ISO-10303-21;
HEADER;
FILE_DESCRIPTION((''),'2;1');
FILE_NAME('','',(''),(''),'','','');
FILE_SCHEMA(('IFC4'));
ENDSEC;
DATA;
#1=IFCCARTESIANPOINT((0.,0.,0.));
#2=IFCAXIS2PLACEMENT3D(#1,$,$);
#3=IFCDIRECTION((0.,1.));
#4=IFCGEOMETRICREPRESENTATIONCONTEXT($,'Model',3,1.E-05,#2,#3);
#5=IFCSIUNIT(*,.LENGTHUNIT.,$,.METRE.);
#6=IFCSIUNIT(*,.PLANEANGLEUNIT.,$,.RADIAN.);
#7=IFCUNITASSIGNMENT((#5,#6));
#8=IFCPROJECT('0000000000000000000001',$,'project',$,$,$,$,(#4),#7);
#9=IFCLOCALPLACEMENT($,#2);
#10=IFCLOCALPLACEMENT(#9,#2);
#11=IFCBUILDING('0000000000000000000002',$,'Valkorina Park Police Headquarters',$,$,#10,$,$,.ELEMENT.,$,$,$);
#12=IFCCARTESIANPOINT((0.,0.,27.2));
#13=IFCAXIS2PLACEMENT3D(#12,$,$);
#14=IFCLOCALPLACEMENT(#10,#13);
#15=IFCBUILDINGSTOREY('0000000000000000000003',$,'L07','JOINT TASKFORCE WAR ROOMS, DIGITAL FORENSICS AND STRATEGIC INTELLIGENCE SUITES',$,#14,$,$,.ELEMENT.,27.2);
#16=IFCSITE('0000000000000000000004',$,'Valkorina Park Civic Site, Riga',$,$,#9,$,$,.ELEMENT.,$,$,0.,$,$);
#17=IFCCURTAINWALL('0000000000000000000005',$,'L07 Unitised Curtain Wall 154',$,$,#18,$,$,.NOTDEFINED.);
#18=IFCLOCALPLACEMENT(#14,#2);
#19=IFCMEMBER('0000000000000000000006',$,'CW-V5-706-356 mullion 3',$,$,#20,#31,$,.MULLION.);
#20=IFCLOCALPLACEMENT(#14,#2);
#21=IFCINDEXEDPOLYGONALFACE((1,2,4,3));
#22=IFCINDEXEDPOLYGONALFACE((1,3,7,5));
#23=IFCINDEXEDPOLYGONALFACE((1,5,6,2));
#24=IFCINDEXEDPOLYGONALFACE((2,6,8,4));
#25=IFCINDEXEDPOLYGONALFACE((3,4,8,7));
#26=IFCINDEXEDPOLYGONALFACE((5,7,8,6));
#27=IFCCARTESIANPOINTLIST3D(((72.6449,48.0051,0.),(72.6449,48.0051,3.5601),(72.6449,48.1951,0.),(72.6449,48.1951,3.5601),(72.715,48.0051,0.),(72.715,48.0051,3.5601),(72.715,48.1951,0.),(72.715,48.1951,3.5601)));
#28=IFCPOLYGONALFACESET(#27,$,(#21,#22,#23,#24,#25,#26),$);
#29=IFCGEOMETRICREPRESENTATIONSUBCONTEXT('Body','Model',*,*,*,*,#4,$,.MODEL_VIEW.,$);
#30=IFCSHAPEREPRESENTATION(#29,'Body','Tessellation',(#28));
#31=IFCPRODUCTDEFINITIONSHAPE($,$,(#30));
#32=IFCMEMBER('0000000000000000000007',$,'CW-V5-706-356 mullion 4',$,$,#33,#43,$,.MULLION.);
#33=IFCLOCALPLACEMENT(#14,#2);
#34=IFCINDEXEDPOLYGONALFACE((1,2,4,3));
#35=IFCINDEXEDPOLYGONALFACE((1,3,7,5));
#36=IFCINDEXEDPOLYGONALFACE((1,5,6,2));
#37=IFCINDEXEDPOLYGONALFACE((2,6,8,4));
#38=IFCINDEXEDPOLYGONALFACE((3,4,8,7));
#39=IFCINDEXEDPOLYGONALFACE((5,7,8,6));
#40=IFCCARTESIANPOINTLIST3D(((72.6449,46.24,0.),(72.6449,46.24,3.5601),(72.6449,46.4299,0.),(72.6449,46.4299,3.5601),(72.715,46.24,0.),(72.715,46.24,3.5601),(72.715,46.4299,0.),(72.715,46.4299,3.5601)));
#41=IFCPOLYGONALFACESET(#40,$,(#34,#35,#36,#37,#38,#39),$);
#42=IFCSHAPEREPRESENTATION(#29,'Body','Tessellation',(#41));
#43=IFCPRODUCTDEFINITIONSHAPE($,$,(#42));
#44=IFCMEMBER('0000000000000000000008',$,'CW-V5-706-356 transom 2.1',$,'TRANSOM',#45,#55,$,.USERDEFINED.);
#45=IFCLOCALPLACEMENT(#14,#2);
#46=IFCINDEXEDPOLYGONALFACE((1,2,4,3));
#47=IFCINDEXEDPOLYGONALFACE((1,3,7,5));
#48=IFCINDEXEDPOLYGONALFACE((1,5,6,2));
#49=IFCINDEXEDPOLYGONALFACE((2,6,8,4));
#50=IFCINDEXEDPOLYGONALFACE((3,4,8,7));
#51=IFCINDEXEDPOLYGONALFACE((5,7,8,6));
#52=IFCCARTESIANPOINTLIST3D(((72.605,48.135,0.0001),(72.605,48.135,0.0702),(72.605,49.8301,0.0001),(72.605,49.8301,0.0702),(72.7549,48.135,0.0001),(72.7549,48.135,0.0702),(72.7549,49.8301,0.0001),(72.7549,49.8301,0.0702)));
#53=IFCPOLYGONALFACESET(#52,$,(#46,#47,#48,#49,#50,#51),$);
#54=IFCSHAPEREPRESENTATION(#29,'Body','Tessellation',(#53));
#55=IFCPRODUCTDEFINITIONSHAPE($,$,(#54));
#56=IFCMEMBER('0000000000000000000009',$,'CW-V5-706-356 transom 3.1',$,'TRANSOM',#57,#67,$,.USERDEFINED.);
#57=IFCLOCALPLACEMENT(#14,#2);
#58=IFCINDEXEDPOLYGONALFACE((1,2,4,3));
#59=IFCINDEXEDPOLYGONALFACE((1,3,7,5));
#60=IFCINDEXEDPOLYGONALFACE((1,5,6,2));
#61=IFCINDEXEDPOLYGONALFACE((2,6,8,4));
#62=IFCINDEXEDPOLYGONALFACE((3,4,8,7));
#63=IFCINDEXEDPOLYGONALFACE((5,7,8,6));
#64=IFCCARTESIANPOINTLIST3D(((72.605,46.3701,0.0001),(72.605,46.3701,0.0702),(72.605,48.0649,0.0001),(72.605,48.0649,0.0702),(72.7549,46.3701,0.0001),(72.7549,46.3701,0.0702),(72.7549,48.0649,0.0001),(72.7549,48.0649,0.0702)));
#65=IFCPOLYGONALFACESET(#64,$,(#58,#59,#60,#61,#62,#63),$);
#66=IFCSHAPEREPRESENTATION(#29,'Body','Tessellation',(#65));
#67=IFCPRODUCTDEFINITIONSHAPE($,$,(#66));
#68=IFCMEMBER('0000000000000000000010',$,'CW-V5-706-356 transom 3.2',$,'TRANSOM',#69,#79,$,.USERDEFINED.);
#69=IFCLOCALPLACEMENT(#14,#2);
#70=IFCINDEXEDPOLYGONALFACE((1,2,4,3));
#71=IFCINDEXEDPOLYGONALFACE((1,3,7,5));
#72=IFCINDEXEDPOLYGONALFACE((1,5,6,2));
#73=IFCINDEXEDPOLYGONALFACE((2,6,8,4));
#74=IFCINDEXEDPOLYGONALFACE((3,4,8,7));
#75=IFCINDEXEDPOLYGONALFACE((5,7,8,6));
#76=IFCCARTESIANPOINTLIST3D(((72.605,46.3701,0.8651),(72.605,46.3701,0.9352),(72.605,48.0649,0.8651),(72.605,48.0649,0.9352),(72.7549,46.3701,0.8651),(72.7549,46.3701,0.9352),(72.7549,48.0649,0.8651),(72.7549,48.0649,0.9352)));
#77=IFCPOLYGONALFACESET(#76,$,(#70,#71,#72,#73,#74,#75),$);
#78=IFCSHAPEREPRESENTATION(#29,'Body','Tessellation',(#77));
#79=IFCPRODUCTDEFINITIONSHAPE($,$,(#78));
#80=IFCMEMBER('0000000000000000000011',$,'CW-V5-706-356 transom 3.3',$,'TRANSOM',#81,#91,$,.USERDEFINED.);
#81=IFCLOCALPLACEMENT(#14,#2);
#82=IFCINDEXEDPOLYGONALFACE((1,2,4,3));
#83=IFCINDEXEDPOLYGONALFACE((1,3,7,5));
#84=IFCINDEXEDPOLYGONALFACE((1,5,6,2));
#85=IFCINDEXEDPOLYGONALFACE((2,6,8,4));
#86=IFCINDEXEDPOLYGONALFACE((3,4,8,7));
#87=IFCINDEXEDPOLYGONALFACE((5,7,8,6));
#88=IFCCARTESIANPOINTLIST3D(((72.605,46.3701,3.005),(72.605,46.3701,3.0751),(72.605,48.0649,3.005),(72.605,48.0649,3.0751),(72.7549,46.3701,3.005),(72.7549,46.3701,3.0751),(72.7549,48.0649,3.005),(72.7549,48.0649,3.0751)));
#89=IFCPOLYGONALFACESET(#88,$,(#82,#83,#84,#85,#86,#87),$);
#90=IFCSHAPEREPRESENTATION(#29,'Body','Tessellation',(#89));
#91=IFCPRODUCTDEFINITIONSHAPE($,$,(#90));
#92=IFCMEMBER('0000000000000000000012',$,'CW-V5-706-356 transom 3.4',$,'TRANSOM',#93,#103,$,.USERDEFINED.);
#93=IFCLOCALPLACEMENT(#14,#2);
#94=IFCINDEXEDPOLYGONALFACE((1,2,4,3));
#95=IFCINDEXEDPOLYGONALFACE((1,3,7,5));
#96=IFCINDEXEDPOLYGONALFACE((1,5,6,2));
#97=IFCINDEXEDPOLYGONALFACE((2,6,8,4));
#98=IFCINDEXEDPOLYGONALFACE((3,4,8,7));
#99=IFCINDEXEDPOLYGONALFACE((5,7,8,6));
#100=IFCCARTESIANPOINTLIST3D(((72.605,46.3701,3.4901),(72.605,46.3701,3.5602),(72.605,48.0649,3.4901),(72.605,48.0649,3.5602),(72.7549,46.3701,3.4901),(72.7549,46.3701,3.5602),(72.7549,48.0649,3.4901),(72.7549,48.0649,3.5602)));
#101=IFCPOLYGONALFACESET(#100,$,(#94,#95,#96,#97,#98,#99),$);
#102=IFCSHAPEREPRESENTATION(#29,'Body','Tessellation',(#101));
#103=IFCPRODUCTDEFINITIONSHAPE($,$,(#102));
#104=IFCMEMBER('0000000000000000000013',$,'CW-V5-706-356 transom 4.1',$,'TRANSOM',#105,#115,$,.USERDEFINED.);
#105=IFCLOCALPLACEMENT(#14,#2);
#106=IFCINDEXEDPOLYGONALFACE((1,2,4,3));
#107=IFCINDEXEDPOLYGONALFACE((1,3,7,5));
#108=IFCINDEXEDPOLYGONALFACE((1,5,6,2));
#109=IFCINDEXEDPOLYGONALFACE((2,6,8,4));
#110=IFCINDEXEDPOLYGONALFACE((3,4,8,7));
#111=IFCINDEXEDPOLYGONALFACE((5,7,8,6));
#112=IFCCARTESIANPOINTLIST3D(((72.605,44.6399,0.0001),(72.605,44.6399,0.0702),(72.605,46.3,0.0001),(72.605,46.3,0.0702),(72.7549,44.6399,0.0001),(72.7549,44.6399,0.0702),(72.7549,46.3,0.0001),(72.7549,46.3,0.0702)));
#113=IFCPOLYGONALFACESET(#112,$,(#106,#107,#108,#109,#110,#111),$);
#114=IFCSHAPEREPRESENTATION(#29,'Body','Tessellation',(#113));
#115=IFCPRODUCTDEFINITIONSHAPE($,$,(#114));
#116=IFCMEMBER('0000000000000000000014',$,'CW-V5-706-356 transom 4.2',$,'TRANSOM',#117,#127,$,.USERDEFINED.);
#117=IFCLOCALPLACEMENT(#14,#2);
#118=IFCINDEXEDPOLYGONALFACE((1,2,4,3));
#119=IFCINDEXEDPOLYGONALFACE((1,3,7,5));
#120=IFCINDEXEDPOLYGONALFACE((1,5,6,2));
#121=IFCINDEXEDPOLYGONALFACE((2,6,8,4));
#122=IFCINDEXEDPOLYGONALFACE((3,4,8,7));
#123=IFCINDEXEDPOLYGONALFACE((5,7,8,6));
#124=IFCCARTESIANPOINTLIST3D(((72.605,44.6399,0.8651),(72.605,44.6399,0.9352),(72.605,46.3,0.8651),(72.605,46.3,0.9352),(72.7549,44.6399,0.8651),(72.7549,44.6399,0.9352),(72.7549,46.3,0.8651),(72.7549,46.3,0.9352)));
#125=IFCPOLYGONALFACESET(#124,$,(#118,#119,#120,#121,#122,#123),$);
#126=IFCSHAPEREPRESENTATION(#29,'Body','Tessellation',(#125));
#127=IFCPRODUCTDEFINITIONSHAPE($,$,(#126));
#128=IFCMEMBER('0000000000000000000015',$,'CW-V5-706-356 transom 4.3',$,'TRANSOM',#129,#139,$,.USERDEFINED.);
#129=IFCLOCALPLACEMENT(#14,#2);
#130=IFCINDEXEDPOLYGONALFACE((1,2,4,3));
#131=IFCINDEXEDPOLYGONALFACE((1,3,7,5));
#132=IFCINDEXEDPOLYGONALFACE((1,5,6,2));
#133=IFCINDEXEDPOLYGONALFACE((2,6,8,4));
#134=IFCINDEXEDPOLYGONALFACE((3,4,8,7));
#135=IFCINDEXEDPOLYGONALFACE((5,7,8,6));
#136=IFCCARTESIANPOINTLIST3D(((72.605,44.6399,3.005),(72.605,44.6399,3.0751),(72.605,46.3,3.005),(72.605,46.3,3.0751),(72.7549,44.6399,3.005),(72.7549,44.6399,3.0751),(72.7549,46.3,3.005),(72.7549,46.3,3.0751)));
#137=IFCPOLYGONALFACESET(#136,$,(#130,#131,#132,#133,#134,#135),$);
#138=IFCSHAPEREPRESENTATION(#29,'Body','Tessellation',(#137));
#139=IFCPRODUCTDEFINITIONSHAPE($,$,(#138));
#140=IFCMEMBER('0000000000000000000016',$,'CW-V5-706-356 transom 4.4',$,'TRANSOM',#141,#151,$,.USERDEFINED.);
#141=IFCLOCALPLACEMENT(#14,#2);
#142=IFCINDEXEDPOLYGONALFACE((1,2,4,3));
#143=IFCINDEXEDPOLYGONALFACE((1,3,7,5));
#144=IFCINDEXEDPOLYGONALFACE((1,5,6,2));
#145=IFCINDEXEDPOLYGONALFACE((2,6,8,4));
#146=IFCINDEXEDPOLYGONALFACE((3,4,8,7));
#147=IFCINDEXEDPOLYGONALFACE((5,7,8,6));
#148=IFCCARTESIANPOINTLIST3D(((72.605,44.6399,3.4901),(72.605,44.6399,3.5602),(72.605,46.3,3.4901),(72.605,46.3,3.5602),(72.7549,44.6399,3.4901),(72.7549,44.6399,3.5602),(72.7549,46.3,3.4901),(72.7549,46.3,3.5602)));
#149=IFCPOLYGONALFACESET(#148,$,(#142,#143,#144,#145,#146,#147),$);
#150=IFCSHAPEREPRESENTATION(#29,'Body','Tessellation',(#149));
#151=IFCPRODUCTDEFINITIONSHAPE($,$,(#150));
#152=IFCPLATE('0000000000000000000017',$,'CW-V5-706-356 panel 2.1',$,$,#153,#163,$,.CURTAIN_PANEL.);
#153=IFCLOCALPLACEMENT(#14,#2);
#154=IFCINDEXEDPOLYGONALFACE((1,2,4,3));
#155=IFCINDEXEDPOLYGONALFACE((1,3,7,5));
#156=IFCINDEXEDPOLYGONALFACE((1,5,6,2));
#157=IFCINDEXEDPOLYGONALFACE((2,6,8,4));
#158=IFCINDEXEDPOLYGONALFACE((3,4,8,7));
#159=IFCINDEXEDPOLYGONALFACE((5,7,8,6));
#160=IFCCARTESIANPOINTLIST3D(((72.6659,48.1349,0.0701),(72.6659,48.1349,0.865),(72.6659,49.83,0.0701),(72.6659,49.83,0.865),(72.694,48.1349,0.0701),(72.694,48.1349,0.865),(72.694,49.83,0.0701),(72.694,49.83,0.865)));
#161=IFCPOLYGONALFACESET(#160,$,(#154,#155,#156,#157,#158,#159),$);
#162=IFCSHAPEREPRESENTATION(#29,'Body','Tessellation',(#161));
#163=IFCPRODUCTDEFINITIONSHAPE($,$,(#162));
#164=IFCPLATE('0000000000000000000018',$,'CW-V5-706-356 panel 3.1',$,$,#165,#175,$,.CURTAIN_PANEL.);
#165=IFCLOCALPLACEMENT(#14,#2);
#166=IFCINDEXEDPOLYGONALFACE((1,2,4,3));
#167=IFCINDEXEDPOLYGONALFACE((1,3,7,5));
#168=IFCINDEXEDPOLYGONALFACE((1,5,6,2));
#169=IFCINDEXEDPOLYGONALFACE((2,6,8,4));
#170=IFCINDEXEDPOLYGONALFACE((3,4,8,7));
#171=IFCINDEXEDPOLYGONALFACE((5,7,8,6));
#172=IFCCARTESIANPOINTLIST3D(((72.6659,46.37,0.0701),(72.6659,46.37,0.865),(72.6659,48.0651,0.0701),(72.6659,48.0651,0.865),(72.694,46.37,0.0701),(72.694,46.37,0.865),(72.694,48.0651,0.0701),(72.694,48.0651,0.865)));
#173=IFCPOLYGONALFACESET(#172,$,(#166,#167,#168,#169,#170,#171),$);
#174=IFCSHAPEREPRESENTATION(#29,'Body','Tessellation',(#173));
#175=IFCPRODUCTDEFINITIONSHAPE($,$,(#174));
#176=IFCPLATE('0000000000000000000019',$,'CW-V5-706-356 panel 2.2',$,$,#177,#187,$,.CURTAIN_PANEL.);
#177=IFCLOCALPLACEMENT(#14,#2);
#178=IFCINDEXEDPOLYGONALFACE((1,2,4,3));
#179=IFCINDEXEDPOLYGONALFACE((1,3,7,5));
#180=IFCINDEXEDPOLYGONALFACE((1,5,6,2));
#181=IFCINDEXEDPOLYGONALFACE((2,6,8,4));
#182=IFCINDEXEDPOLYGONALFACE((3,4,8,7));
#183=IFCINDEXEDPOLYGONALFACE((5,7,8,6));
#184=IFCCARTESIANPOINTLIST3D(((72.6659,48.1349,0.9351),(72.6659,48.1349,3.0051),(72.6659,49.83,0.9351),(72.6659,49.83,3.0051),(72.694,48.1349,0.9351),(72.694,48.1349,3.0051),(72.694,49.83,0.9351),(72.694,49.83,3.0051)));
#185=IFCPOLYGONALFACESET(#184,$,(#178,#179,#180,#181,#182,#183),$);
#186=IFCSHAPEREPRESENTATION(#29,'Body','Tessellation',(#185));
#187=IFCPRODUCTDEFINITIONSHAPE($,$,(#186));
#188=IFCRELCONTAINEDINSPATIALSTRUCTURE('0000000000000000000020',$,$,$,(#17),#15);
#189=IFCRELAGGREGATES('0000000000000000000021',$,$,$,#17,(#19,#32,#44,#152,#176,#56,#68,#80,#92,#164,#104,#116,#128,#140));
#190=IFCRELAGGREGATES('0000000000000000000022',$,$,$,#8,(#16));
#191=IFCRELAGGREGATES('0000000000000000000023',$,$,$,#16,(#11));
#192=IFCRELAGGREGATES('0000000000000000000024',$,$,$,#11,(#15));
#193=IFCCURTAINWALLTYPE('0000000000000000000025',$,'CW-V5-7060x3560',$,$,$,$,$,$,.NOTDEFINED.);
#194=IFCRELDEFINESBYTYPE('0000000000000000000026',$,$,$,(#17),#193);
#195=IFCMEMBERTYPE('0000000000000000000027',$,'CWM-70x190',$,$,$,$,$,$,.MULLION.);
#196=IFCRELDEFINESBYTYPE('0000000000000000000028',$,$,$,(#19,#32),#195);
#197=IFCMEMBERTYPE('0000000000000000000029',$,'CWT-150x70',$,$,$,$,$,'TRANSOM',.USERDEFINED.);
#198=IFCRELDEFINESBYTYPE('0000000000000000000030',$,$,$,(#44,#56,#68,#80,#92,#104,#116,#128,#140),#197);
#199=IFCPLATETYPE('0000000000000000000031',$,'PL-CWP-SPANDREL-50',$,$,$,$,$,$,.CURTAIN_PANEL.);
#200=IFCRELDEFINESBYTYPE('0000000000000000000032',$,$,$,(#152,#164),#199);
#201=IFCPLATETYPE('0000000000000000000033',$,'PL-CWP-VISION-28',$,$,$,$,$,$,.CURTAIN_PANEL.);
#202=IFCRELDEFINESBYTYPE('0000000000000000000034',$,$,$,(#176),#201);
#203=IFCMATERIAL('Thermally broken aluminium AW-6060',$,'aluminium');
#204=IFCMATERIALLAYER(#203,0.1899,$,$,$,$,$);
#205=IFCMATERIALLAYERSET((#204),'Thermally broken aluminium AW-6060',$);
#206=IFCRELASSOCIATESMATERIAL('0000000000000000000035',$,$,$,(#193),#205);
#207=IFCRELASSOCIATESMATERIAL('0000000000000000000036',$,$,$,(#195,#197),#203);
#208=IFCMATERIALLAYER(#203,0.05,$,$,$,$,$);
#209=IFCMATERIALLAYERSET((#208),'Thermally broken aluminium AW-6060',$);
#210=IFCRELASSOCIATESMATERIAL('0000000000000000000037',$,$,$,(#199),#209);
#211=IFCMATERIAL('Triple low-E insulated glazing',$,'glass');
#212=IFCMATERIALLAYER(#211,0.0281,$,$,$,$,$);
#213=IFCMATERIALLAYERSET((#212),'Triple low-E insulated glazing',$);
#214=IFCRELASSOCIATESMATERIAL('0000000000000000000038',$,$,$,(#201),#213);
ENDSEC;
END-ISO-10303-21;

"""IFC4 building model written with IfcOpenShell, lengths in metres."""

from ifc_helpers import new_model, si_unit, direction, frame, origin, origin_2d, place, context, subcontext, project, spatial, rectangle, extrude, material, layer, layer_set, material_profile, profile_set, type_object, element, aggregate, save


model = new_model("IFC4")

# Units and contexts
model_context = context("Model", 3, precision=1e-05, world=origin(), true_north=direction((0.0, 1.0)))
body_context = subcontext(model_context, "Body", "Model", "MODEL_VIEW")
ifc_project = project(units=[si_unit("LENGTHUNIT", "METRE"), si_unit("PLANEANGLEUNIT", "RADIAN")], contexts=[model_context])

# Site, building, storey
site_placement = place(None, origin())
site = spatial("IfcSite", under=ifc_project, at=site_placement, Name="Valkorina Park Civic Site, Riga", CompositionType="ELEMENT", RefElevation=0.0)
building_placement = place(site_placement, origin())
building = spatial("IfcBuilding", under=site, at=building_placement, Name="Valkorina Park Police Headquarters", CompositionType="ELEMENT")
storey_placement = place(building_placement, frame((0.0, 0.0, 27.2)))
storey = spatial("IfcBuildingStorey", under=building, at=storey_placement, Name="L07", Description="JOINT TASKFORCE WAR ROOMS, DIGITAL FORENSICS AND STRATEGIC INTELLIGENCE SUITES", CompositionType="ELEMENT", Elevation=27.2)

# Curtain wall, members, plates
ifc_material_1 = material(Name="Thermally broken aluminium AW-6060", Category="aluminium")
ifc_layer_1 = layer(ifc_material_1, 0.1899)
ifc_layer_set_1 = layer_set([ifc_layer_1], Name="Thermally broken aluminium AW-6060")
curtain_wall_type = type_object("IfcCurtainWallType", Name="CW-V5-7060x3560", PredefinedType="NOTDEFINED", material=ifc_layer_set_1)
curtain_wall_placement = place(storey_placement, origin())
curtain_wall = element("IfcCurtainWall", 1, at=curtain_wall_placement, inside=storey, type_object=curtain_wall_type, Name="L07 Unitised Curtain Wall 154", PredefinedType="NOTDEFINED")
ifc_material_profile_1 = material_profile(ifc_material_1, rectangle(XDim=0.0701, YDim=0.1899, at=origin_2d()), Name="CWM-02 70x190")
ifc_profile_set_1 = profile_set([ifc_material_profile_1], Name="Thermally broken aluminium AW-6060")
member_type_1 = type_object("IfcMemberType", Name="CWM-70x190", PredefinedType="MULLION", material=ifc_profile_set_1)
member_1_placement = place(storey_placement, frame((72.6799, 48.1001, 0.0), z_axis=(0.0, 0.0, 1.0), x_axis=(1.0, 0.0, 0.0)))
member_1 = element("IfcMember", 2, at=member_1_placement, type_object=member_type_1, Name="CW-V5-706-356 mullion 3", PredefinedType="MULLION", context=body_context, shape_type="SweptSolid", body=[
    extrude(rectangle(XDim=0.0701, YDim=0.1899, at=origin_2d()), origin(), (0.0, 0.0, 1.0), 3.5601),
])
member_2_placement = place(storey_placement, frame((72.6799, 46.335, 0.0), z_axis=(0.0, 0.0, 1.0), x_axis=(1.0, 0.0, 0.0)))
member_2 = element("IfcMember", 3, at=member_2_placement, type_object=member_type_1, Name="CW-V5-706-356 mullion 4", PredefinedType="MULLION", context=body_context, shape_type="SweptSolid", body=[
    extrude(rectangle(XDim=0.0701, YDim=0.1899, at=origin_2d()), origin(), (0.0, 0.0, 1.0), 3.5601),
])
ifc_material_profile_2 = material_profile(ifc_material_1, rectangle(XDim=0.1499, YDim=0.0701, at=origin_2d()), Name="CWT-02 150x70")
ifc_profile_set_2 = profile_set([ifc_material_profile_2], Name="Thermally broken aluminium AW-6060")
member_type_2 = type_object("IfcMemberType", Name="CWT-150x70", ElementType="TRANSOM", PredefinedType="USERDEFINED", material=ifc_profile_set_2)
member_3_placement = place(storey_placement, frame((72.6799, 49.8301, 0.0352), z_axis=(0.0, -1.0, 0.0), x_axis=(1.0, 0.0, 0.0)))
member_3 = element("IfcMember", 4, at=member_3_placement, type_object=member_type_2, Name="CW-V5-706-356 transom 2.1", ObjectType="TRANSOM", PredefinedType="USERDEFINED", context=body_context, shape_type="SweptSolid", body=[
    extrude(rectangle(XDim=0.1499, YDim=0.0701, at=origin_2d()), origin(), (0.0, 0.0, 1.0), 1.6951),
])
member_4_placement = place(storey_placement, frame((72.6799, 48.0649, 0.0352), z_axis=(0.0, -1.0, 0.0), x_axis=(1.0, 0.0, 0.0)))
member_4 = element("IfcMember", 5, at=member_4_placement, type_object=member_type_2, Name="CW-V5-706-356 transom 3.1", ObjectType="TRANSOM", PredefinedType="USERDEFINED", context=body_context, shape_type="SweptSolid", body=[
    extrude(rectangle(XDim=0.1499, YDim=0.0701, at=origin_2d()), origin(), (0.0, 0.0, 1.0), 1.6948),
])
member_5_placement = place(storey_placement, frame((72.6799, 48.0649, 0.9001), z_axis=(0.0, -1.0, 0.0), x_axis=(1.0, 0.0, 0.0)))
member_5 = element("IfcMember", 6, at=member_5_placement, type_object=member_type_2, Name="CW-V5-706-356 transom 3.2", ObjectType="TRANSOM", PredefinedType="USERDEFINED", context=body_context, shape_type="SweptSolid", body=[
    extrude(rectangle(XDim=0.1499, YDim=0.0701, at=origin_2d()), origin(), (0.0, 0.0, 1.0), 1.6948),
])
member_6_placement = place(storey_placement, frame((72.6799, 48.0649, 3.04), z_axis=(0.0, -1.0, 0.0), x_axis=(1.0, 0.0, 0.0)))
member_6 = element("IfcMember", 7, at=member_6_placement, type_object=member_type_2, Name="CW-V5-706-356 transom 3.3", ObjectType="TRANSOM", PredefinedType="USERDEFINED", context=body_context, shape_type="SweptSolid", body=[
    extrude(rectangle(XDim=0.1499, YDim=0.0701, at=origin_2d()), origin(), (0.0, 0.0, 1.0), 1.6948),
])
member_7_placement = place(storey_placement, frame((72.6799, 48.0649, 3.5251), z_axis=(0.0, -1.0, 0.0), x_axis=(1.0, 0.0, 0.0)))
member_7 = element("IfcMember", 8, at=member_7_placement, type_object=member_type_2, Name="CW-V5-706-356 transom 3.4", ObjectType="TRANSOM", PredefinedType="USERDEFINED", context=body_context, shape_type="SweptSolid", body=[
    extrude(rectangle(XDim=0.1499, YDim=0.0701, at=origin_2d()), origin(), (0.0, 0.0, 1.0), 1.6948),
])
member_8_placement = place(storey_placement, frame((72.6799, 46.3, 0.0352), z_axis=(0.0, -1.0, 0.0), x_axis=(1.0, 0.0, 0.0)))
member_8 = element("IfcMember", 9, at=member_8_placement, type_object=member_type_2, Name="CW-V5-706-356 transom 4.1", ObjectType="TRANSOM", PredefinedType="USERDEFINED", context=body_context, shape_type="SweptSolid", body=[
    extrude(rectangle(XDim=0.1499, YDim=0.0701, at=origin_2d()), origin(), (0.0, 0.0, 1.0), 1.6602),
])
member_9_placement = place(storey_placement, frame((72.6799, 46.3, 0.9001), z_axis=(0.0, -1.0, 0.0), x_axis=(1.0, 0.0, 0.0)))
member_9 = element("IfcMember", 10, at=member_9_placement, type_object=member_type_2, Name="CW-V5-706-356 transom 4.2", ObjectType="TRANSOM", PredefinedType="USERDEFINED", context=body_context, shape_type="SweptSolid", body=[
    extrude(rectangle(XDim=0.1499, YDim=0.0701, at=origin_2d()), origin(), (0.0, 0.0, 1.0), 1.6602),
])
member_10_placement = place(storey_placement, frame((72.6799, 46.3, 3.04), z_axis=(0.0, -1.0, 0.0), x_axis=(1.0, 0.0, 0.0)))
member_10 = element("IfcMember", 11, at=member_10_placement, type_object=member_type_2, Name="CW-V5-706-356 transom 4.3", ObjectType="TRANSOM", PredefinedType="USERDEFINED", context=body_context, shape_type="SweptSolid", body=[
    extrude(rectangle(XDim=0.1499, YDim=0.0701, at=origin_2d()), origin(), (0.0, 0.0, 1.0), 1.6602),
])
member_11_placement = place(storey_placement, frame((72.6799, 46.3, 3.5251), z_axis=(0.0, -1.0, 0.0), x_axis=(1.0, 0.0, 0.0)))
member_11 = element("IfcMember", 12, at=member_11_placement, type_object=member_type_2, Name="CW-V5-706-356 transom 4.4", ObjectType="TRANSOM", PredefinedType="USERDEFINED", context=body_context, shape_type="SweptSolid", body=[
    extrude(rectangle(XDim=0.1499, YDim=0.0701, at=origin_2d()), origin(), (0.0, 0.0, 1.0), 1.6602),
])
ifc_layer_2 = layer(ifc_material_1, 0.05)
ifc_layer_set_2 = layer_set([ifc_layer_2], Name="Thermally broken aluminium AW-6060")
plate_type_1 = type_object("IfcPlateType", Name="PL-CWP-SPANDREL-50", PredefinedType="CURTAIN_PANEL", material=ifc_layer_set_2)
plate_1_placement = place(storey_placement, frame((72.6799, 48.9824, 0.0701), z_axis=(0.0, 0.0, 1.0), x_axis=(0.0, -1.0, 0.0)))
plate_1 = element("IfcPlate", 13, at=plate_1_placement, type_object=plate_type_1, Name="CW-V5-706-356 panel 2.1", PredefinedType="CURTAIN_PANEL", context=body_context, shape_type="SweptSolid", body=[
    extrude(rectangle(XDim=1.6951, YDim=0.0281, at=origin_2d()), origin(), (0.0, 0.0, 1.0), 0.7949),
])
plate_2_placement = place(storey_placement, frame((72.6799, 47.2175, 0.0701), z_axis=(0.0, 0.0, 1.0), x_axis=(0.0, -1.0, 0.0)))
plate_2 = element("IfcPlate", 14, at=plate_2_placement, type_object=plate_type_1, Name="CW-V5-706-356 panel 3.1", PredefinedType="CURTAIN_PANEL", context=body_context, shape_type="SweptSolid", body=[
    extrude(rectangle(XDim=1.6951, YDim=0.0281, at=origin_2d()), origin(), (0.0, 0.0, 1.0), 0.7949),
])
ifc_material_2 = material(Name="Triple low-E insulated glazing", Category="glass")
ifc_layer_3 = layer(ifc_material_2, 0.0281)
ifc_layer_set_3 = layer_set([ifc_layer_3], Name="Triple low-E insulated glazing")
plate_type_2 = type_object("IfcPlateType", Name="PL-CWP-VISION-28", PredefinedType="CURTAIN_PANEL", material=ifc_layer_set_3)
plate_3_placement = place(storey_placement, frame((72.6799, 48.9824, 0.9351), z_axis=(0.0, 0.0, 1.0), x_axis=(0.0, -1.0, 0.0)))
plate_3 = element("IfcPlate", 15, at=plate_3_placement, type_object=plate_type_2, Name="CW-V5-706-356 panel 2.2", PredefinedType="CURTAIN_PANEL", context=body_context, shape_type="SweptSolid", body=[
    extrude(rectangle(XDim=1.6951, YDim=0.0281, at=origin_2d()), origin(), (0.0, 0.0, 1.0), 2.0701),
])
aggregate(curtain_wall, [member_1, member_2, member_3, plate_1, plate_3, member_4, member_5, member_6, member_7, plate_2, member_8, member_9, member_10, member_11])

save(model, "model.ifc")
